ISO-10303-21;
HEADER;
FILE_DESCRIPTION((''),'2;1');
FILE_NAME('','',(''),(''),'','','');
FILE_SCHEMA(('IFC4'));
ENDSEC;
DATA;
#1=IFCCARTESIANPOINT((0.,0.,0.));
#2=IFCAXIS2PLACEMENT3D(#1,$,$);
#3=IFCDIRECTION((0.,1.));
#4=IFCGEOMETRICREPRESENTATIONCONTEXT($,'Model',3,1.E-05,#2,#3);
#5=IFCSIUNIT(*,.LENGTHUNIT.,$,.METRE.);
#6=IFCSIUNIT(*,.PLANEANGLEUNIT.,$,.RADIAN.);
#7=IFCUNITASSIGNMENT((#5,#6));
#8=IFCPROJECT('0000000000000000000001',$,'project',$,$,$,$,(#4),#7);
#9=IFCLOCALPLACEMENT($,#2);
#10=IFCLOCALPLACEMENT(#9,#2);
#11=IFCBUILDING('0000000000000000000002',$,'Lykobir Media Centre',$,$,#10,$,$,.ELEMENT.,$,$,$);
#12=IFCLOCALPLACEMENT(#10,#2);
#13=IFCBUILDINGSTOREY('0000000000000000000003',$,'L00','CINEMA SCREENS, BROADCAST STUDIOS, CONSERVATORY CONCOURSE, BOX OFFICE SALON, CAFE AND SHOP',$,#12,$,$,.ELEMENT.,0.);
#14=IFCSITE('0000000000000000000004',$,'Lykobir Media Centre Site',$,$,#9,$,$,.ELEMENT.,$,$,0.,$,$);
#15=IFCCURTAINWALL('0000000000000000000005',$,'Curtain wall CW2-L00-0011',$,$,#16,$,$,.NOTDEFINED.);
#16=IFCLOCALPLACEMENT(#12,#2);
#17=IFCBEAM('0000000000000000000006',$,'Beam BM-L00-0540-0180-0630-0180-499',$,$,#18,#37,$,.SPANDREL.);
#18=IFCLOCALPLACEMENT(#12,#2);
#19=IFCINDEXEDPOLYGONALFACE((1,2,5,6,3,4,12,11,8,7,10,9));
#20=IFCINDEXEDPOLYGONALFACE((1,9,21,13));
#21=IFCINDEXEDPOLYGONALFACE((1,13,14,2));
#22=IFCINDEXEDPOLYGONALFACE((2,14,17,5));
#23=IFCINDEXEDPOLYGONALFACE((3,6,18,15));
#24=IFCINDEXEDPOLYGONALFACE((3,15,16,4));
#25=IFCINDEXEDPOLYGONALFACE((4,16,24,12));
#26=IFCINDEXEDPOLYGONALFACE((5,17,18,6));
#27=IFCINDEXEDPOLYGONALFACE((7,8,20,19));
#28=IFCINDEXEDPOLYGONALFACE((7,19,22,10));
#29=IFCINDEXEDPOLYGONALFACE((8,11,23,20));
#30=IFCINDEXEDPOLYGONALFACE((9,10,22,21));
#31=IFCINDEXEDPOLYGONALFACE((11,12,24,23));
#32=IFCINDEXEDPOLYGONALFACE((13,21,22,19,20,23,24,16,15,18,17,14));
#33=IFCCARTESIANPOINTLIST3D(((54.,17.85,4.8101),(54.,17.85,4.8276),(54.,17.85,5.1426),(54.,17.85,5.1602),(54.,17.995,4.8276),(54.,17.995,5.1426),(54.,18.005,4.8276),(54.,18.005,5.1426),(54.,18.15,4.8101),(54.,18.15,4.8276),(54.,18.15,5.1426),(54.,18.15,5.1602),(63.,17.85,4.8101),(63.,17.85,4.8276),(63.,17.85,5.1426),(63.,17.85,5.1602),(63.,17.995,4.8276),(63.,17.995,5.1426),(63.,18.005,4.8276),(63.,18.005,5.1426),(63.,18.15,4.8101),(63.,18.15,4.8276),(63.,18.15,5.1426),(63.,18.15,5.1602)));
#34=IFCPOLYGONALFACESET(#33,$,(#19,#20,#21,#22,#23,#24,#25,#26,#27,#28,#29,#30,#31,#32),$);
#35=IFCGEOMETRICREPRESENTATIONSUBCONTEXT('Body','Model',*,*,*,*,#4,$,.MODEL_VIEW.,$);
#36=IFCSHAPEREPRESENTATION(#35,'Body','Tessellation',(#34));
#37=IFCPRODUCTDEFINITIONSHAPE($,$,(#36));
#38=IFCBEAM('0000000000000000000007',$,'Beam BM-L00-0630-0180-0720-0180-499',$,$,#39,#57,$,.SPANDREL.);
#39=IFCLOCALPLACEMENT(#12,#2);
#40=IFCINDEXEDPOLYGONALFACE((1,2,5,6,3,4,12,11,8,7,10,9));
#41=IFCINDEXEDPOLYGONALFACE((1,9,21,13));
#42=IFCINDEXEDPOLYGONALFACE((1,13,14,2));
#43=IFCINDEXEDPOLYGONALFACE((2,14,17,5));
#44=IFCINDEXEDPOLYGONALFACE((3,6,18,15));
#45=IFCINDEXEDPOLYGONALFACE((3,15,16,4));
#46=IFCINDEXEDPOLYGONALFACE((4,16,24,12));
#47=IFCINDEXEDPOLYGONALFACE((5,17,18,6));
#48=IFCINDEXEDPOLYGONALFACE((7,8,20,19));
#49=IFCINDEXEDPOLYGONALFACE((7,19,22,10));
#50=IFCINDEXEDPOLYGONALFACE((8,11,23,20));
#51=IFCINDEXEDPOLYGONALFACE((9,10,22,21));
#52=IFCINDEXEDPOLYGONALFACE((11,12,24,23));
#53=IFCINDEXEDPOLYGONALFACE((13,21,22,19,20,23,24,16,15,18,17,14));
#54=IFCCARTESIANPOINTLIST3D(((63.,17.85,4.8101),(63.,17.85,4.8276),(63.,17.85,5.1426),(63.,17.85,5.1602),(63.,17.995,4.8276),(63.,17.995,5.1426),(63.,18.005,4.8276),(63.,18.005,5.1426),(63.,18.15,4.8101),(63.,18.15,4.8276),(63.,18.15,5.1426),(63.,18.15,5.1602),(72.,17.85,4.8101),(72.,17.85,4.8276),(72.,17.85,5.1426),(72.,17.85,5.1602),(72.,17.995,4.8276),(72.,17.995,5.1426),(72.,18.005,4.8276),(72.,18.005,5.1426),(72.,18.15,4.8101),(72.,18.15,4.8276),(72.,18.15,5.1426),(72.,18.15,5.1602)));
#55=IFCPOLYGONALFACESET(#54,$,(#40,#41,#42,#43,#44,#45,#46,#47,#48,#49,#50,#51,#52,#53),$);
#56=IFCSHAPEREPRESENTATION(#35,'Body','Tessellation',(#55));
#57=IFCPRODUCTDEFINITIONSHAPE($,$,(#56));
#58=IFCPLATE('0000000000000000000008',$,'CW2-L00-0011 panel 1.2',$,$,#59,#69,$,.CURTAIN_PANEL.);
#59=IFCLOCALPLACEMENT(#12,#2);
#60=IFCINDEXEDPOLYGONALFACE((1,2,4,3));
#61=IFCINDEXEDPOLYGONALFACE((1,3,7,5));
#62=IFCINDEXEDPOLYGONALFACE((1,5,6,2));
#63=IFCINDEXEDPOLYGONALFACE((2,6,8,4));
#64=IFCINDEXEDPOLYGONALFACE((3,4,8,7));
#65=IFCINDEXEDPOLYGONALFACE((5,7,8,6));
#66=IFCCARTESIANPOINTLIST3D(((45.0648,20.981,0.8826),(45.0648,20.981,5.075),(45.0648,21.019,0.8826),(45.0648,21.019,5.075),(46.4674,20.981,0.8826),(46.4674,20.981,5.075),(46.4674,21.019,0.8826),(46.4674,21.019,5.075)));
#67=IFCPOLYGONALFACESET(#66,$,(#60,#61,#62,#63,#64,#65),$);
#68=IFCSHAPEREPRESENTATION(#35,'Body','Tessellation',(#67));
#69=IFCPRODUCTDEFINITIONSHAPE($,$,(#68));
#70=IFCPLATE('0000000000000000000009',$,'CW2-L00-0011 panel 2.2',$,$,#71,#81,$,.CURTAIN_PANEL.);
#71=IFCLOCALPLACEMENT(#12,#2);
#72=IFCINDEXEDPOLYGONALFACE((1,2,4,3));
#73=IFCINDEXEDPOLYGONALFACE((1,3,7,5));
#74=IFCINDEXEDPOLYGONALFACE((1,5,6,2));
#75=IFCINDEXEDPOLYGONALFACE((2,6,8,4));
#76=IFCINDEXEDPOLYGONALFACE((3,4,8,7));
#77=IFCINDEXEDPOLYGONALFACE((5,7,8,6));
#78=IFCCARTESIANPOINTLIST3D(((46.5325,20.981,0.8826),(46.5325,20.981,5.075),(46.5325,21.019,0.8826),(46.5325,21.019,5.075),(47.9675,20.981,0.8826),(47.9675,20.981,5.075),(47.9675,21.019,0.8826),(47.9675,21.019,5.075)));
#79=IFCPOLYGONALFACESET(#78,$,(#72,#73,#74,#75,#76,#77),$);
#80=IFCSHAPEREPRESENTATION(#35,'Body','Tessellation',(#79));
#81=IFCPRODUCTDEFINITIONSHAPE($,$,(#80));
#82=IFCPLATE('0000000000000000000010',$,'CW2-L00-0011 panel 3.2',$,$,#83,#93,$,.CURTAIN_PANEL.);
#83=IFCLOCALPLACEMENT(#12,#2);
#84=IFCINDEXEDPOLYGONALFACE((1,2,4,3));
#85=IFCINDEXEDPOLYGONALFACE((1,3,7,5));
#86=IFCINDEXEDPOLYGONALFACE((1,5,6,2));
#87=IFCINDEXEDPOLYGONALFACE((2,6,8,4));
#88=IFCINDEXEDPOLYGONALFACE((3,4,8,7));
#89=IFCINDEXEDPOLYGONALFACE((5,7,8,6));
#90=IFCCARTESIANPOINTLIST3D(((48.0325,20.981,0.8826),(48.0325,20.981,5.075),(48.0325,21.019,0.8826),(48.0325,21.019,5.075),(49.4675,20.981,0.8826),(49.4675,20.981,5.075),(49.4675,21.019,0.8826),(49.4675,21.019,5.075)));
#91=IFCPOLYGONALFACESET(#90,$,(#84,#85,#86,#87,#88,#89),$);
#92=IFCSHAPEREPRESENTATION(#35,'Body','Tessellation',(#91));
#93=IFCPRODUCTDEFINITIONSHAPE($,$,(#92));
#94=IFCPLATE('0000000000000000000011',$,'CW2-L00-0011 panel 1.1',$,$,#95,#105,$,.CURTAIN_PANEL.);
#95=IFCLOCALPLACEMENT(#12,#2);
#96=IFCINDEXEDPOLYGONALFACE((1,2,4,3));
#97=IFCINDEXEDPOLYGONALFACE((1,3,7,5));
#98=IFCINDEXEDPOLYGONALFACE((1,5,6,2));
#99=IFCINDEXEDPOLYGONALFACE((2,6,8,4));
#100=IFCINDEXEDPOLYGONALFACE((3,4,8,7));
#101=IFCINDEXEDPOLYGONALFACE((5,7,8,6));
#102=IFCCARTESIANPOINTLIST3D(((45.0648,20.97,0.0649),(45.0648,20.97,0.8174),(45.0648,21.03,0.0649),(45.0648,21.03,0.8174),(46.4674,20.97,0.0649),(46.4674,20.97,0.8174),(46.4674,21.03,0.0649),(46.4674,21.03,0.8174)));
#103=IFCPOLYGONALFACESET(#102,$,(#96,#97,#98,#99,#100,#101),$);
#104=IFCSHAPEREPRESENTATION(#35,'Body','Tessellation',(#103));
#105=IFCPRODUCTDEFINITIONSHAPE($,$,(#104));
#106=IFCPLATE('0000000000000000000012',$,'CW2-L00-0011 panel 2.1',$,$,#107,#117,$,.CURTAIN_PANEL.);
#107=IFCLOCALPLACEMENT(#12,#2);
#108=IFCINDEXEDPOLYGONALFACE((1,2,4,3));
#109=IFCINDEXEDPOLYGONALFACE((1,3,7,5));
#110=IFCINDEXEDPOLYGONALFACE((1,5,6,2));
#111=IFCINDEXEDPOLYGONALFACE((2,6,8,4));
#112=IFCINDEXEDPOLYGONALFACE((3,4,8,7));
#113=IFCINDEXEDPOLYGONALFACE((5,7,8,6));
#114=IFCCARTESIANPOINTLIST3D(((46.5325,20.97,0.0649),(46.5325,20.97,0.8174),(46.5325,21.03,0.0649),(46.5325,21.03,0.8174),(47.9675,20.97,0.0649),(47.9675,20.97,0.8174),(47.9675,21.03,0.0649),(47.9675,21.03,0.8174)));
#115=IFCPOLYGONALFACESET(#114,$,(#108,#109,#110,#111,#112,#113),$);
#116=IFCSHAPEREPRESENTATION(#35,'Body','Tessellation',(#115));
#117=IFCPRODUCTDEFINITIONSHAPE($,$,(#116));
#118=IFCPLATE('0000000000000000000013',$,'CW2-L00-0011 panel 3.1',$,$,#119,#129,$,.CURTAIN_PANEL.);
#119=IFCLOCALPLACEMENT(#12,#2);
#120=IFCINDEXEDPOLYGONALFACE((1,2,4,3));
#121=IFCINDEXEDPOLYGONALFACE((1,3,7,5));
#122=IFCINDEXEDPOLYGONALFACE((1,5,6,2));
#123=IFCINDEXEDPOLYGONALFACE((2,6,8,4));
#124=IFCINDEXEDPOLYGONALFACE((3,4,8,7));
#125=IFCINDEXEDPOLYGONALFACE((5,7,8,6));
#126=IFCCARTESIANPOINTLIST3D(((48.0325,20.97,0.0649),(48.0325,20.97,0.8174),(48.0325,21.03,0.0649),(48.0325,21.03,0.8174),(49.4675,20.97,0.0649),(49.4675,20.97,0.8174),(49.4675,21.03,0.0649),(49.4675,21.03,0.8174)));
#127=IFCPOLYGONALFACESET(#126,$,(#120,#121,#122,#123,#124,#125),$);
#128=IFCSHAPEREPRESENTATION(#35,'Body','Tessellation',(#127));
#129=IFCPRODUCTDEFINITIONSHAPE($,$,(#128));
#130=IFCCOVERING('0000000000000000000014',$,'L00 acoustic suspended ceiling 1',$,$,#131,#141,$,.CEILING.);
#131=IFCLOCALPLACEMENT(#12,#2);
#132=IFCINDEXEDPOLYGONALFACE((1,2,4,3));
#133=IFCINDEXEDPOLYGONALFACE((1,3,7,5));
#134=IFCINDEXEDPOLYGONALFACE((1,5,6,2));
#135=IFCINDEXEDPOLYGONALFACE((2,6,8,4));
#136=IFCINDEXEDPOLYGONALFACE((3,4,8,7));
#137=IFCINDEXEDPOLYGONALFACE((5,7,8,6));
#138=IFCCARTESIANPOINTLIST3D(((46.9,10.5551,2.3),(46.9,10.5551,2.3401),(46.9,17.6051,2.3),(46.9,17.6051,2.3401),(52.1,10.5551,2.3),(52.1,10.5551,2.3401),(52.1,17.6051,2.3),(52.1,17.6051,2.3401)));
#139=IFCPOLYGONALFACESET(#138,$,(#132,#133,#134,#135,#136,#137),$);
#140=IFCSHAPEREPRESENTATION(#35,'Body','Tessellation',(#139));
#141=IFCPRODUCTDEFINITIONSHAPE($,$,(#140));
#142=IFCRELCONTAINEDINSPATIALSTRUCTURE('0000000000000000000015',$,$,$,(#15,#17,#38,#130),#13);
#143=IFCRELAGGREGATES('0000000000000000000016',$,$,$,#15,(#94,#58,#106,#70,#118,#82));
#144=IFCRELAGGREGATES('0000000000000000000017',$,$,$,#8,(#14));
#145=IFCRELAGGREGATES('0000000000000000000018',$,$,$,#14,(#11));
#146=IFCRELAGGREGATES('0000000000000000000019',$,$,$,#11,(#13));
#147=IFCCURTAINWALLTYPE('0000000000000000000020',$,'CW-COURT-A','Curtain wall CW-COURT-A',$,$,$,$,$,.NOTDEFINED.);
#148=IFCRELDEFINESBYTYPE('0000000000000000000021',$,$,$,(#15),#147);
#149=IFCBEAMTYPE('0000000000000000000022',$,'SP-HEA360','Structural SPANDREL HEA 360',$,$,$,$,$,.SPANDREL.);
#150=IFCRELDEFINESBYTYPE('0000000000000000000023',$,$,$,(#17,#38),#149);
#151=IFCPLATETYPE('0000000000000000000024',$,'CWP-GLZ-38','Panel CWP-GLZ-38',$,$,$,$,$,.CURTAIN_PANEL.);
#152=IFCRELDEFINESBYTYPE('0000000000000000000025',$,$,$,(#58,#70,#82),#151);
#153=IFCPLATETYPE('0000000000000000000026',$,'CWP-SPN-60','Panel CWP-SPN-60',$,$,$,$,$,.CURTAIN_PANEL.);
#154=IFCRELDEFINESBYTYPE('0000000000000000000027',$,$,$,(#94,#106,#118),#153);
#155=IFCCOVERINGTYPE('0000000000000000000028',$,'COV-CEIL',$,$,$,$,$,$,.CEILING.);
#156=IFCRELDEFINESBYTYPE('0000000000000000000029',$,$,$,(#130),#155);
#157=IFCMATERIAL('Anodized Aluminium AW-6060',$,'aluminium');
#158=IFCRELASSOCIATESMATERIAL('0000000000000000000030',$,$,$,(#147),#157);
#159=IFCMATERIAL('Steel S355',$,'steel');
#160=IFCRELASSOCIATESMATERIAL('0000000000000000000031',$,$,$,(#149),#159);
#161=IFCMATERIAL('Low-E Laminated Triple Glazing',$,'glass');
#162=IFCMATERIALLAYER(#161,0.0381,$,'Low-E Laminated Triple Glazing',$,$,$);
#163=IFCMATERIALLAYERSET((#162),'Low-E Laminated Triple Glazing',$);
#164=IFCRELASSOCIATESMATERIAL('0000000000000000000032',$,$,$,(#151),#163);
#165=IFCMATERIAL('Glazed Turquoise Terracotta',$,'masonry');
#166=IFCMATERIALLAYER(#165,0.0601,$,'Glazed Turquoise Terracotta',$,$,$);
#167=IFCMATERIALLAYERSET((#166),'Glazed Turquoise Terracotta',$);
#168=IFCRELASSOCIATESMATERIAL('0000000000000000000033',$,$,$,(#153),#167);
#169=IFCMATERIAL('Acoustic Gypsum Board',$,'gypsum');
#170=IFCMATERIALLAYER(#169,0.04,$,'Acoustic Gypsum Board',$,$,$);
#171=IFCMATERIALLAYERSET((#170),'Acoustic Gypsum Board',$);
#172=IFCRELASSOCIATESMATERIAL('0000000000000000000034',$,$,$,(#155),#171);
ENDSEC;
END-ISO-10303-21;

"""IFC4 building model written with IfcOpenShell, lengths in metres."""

from ifc_helpers import new_model, si_unit, direction, frame, origin, origin_2d, place, context, subcontext, project, spatial, rectangle, i_section, extrude, material, layer, layer_set, material_profile, profile_set, type_object, element, aggregate, save


model = new_model("IFC4")

# Units and contexts
model_context = context("Model", 3, precision=1e-05, world=origin(), true_north=direction((0.0, 1.0)))
body_context = subcontext(model_context, "Body", "Model", "MODEL_VIEW")
ifc_project = project(units=[si_unit("LENGTHUNIT", "METRE"), si_unit("PLANEANGLEUNIT", "RADIAN")], contexts=[model_context])

# Site, building, storey
site_placement = place(None, origin())
site = spatial("IfcSite", under=ifc_project, at=site_placement, Name="Lykobir Media Centre Site", CompositionType="ELEMENT", RefElevation=0.0)
building_placement = place(site_placement, origin())
building = spatial("IfcBuilding", under=site, at=building_placement, Name="Lykobir Media Centre", CompositionType="ELEMENT")
storey_placement = place(building_placement, origin())
storey = spatial("IfcBuildingStorey", under=building, at=storey_placement, Name="L00", Description="CINEMA SCREENS, BROADCAST STUDIOS, CONSERVATORY CONCOURSE, BOX OFFICE SALON, CAFE AND SHOP", CompositionType="ELEMENT", Elevation=0.0)

# Shared definitions
ifc_material_1 = material(Name="Steel S355", Category="steel")

# Curtain wall
ifc_material_2 = material(Name="Anodized Aluminium AW-6060", Category="aluminium")
curtain_wall_type = type_object("IfcCurtainWallType", Name="CW-COURT-A", Description="Curtain wall CW-COURT-A", PredefinedType="NOTDEFINED", material=ifc_material_2)
curtain_wall_placement = place(storey_placement, origin())
curtain_wall = element("IfcCurtainWall", 1, at=curtain_wall_placement, inside=storey, type_object=curtain_wall_type, Name="Curtain wall CW2-L00-0011", PredefinedType="NOTDEFINED")

# Beams
ifc_material_profile_1 = material_profile(ifc_material_1, i_section(OverallWidth=0.3, OverallDepth=0.3501, WebThickness=0.01, FlangeThickness=0.0176, at=origin_2d()), Name="HEA 360")
ifc_profile_set_1 = profile_set([ifc_material_profile_1], Name="Steel S355")
beam_type_1 = type_object("IfcBeamType", Name="SP-HEA360", Description="Structural SPANDREL HEA 360", PredefinedType="SPANDREL", material=ifc_profile_set_1)
for number, where, z_axis, x_axis, name in (
    (2, (54.0, 18.0, 4.9851), (1.0, 0.0, 0.0), (0.0, 1.0, 0.0), "Beam BM-L00-0540-0180-0630-0180-499"),
    (3, (63.0, 18.0, 4.9851), (1.0, 0.0, 0.0), (0.0, 1.0, 0.0), "Beam BM-L00-0630-0180-0720-0180-499"),
):
    element("IfcBeam", number, at=place(storey_placement, frame(where, z_axis=z_axis, x_axis=x_axis)), inside=storey, type_object=beam_type_1, Name=name, PredefinedType="SPANDREL", context=body_context, shape_type="SweptSolid", body=[
        extrude(i_section(OverallWidth=0.3, OverallDepth=0.3501, WebThickness=0.01, FlangeThickness=0.0176, at=origin_2d()), origin(), (0.0, 0.0, 1.0), 9.0),
    ])

# Plates
ifc_material_3 = material(Name="Low-E Laminated Triple Glazing", Category="glass")
ifc_layer_1 = layer(ifc_material_3, 0.0381, Name="Low-E Laminated Triple Glazing")
ifc_layer_set_1 = layer_set([ifc_layer_1], Name="Low-E Laminated Triple Glazing")
plate_type_1 = type_object("IfcPlateType", Name="CWP-GLZ-38", Description="Panel CWP-GLZ-38", PredefinedType="CURTAIN_PANEL", material=ifc_layer_set_1)
plate_1_placement = place(storey_placement, frame((45.7661, 21.0, 0.8826), z_axis=(0.0, 0.0, 1.0), x_axis=(1.0, 0.0, 0.0)))
plate_1 = element("IfcPlate", 4, at=plate_1_placement, type_object=plate_type_1, Name="CW2-L00-0011 panel 1.2", PredefinedType="CURTAIN_PANEL", context=body_context, shape_type="SweptSolid", body=[
    extrude(rectangle(XDim=1.4026, YDim=0.0381, at=origin_2d()), origin(), (0.0, 0.0, 1.0), 4.1924),
])
plate_2_placement = place(storey_placement, frame((47.25, 21.0, 0.8826), z_axis=(0.0, 0.0, 1.0), x_axis=(1.0, 0.0, 0.0)))
plate_2 = element("IfcPlate", 5, at=plate_2_placement, type_object=plate_type_1, Name="CW2-L00-0011 panel 2.2", PredefinedType="CURTAIN_PANEL", context=body_context, shape_type="SweptSolid", body=[
    extrude(rectangle(XDim=1.4351, YDim=0.0381, at=origin_2d()), origin(), (0.0, 0.0, 1.0), 4.1924),
])
plate_3_placement = place(storey_placement, frame((48.75, 21.0, 0.8826), z_axis=(0.0, 0.0, 1.0), x_axis=(1.0, 0.0, 0.0)))
plate_3 = element("IfcPlate", 6, at=plate_3_placement, type_object=plate_type_1, Name="CW2-L00-0011 panel 3.2", PredefinedType="CURTAIN_PANEL", context=body_context, shape_type="SweptSolid", body=[
    extrude(rectangle(XDim=1.4351, YDim=0.0381, at=origin_2d()), origin(), (0.0, 0.0, 1.0), 4.1924),
])
ifc_material_4 = material(Name="Glazed Turquoise Terracotta", Category="masonry")
ifc_layer_2 = layer(ifc_material_4, 0.0601, Name="Glazed Turquoise Terracotta")
ifc_layer_set_2 = layer_set([ifc_layer_2], Name="Glazed Turquoise Terracotta")
plate_type_2 = type_object("IfcPlateType", Name="CWP-SPN-60", Description="Panel CWP-SPN-60", PredefinedType="CURTAIN_PANEL", material=ifc_layer_set_2)
plate_4_placement = place(storey_placement, frame((45.7661, 21.0, 0.0649), z_axis=(0.0, 0.0, 1.0), x_axis=(1.0, 0.0, 0.0)))
plate_4 = element("IfcPlate", 7, at=plate_4_placement, type_object=plate_type_2, Name="CW2-L00-0011 panel 1.1", PredefinedType="CURTAIN_PANEL", context=body_context, shape_type="SweptSolid", body=[
    extrude(rectangle(XDim=1.4026, YDim=0.0601, at=origin_2d()), origin(), (0.0, 0.0, 1.0), 0.7524),
])
plate_5_placement = place(storey_placement, frame((47.25, 21.0, 0.0649), z_axis=(0.0, 0.0, 1.0), x_axis=(1.0, 0.0, 0.0)))
plate_5 = element("IfcPlate", 8, at=plate_5_placement, type_object=plate_type_2, Name="CW2-L00-0011 panel 2.1", PredefinedType="CURTAIN_PANEL", context=body_context, shape_type="SweptSolid", body=[
    extrude(rectangle(XDim=1.4351, YDim=0.0601, at=origin_2d()), origin(), (0.0, 0.0, 1.0), 0.7524),
])
plate_6_placement = place(storey_placement, frame((48.75, 21.0, 0.0649), z_axis=(0.0, 0.0, 1.0), x_axis=(1.0, 0.0, 0.0)))
plate_6 = element("IfcPlate", 9, at=plate_6_placement, type_object=plate_type_2, Name="CW2-L00-0011 panel 3.1", PredefinedType="CURTAIN_PANEL", context=body_context, shape_type="SweptSolid", body=[
    extrude(rectangle(XDim=1.4351, YDim=0.0601, at=origin_2d()), origin(), (0.0, 0.0, 1.0), 0.7524),
])
aggregate(curtain_wall, [plate_4, plate_1, plate_5, plate_2, plate_6, plate_3])

# Covering
ifc_material_5 = material(Name="Acoustic Gypsum Board", Category="gypsum")
ifc_layer_3 = layer(ifc_material_5, 0.04, Name="Acoustic Gypsum Board")
ifc_layer_set_3 = layer_set([ifc_layer_3], Name="Acoustic Gypsum Board")
covering_type = type_object("IfcCoveringType", Name="COV-CEIL", PredefinedType="CEILING", material=ifc_layer_set_3)
covering_placement = place(storey_placement, frame((49.5, 14.0801, 2.3), z_axis=(0.0, 0.0, 1.0), x_axis=(1.0, 0.0, 0.0)))
element("IfcCovering", 10, at=covering_placement, inside=storey, type_object=covering_type, Name="L00 acoustic suspended ceiling 1", PredefinedType="CEILING", context=body_context, shape_type="SweptSolid", body=[
    extrude(rectangle(XDim=5.2, YDim=7.05, at=origin_2d()), origin(), (0.0, 0.0, 1.0), 0.04),
])

save(model, "model.ifc")
